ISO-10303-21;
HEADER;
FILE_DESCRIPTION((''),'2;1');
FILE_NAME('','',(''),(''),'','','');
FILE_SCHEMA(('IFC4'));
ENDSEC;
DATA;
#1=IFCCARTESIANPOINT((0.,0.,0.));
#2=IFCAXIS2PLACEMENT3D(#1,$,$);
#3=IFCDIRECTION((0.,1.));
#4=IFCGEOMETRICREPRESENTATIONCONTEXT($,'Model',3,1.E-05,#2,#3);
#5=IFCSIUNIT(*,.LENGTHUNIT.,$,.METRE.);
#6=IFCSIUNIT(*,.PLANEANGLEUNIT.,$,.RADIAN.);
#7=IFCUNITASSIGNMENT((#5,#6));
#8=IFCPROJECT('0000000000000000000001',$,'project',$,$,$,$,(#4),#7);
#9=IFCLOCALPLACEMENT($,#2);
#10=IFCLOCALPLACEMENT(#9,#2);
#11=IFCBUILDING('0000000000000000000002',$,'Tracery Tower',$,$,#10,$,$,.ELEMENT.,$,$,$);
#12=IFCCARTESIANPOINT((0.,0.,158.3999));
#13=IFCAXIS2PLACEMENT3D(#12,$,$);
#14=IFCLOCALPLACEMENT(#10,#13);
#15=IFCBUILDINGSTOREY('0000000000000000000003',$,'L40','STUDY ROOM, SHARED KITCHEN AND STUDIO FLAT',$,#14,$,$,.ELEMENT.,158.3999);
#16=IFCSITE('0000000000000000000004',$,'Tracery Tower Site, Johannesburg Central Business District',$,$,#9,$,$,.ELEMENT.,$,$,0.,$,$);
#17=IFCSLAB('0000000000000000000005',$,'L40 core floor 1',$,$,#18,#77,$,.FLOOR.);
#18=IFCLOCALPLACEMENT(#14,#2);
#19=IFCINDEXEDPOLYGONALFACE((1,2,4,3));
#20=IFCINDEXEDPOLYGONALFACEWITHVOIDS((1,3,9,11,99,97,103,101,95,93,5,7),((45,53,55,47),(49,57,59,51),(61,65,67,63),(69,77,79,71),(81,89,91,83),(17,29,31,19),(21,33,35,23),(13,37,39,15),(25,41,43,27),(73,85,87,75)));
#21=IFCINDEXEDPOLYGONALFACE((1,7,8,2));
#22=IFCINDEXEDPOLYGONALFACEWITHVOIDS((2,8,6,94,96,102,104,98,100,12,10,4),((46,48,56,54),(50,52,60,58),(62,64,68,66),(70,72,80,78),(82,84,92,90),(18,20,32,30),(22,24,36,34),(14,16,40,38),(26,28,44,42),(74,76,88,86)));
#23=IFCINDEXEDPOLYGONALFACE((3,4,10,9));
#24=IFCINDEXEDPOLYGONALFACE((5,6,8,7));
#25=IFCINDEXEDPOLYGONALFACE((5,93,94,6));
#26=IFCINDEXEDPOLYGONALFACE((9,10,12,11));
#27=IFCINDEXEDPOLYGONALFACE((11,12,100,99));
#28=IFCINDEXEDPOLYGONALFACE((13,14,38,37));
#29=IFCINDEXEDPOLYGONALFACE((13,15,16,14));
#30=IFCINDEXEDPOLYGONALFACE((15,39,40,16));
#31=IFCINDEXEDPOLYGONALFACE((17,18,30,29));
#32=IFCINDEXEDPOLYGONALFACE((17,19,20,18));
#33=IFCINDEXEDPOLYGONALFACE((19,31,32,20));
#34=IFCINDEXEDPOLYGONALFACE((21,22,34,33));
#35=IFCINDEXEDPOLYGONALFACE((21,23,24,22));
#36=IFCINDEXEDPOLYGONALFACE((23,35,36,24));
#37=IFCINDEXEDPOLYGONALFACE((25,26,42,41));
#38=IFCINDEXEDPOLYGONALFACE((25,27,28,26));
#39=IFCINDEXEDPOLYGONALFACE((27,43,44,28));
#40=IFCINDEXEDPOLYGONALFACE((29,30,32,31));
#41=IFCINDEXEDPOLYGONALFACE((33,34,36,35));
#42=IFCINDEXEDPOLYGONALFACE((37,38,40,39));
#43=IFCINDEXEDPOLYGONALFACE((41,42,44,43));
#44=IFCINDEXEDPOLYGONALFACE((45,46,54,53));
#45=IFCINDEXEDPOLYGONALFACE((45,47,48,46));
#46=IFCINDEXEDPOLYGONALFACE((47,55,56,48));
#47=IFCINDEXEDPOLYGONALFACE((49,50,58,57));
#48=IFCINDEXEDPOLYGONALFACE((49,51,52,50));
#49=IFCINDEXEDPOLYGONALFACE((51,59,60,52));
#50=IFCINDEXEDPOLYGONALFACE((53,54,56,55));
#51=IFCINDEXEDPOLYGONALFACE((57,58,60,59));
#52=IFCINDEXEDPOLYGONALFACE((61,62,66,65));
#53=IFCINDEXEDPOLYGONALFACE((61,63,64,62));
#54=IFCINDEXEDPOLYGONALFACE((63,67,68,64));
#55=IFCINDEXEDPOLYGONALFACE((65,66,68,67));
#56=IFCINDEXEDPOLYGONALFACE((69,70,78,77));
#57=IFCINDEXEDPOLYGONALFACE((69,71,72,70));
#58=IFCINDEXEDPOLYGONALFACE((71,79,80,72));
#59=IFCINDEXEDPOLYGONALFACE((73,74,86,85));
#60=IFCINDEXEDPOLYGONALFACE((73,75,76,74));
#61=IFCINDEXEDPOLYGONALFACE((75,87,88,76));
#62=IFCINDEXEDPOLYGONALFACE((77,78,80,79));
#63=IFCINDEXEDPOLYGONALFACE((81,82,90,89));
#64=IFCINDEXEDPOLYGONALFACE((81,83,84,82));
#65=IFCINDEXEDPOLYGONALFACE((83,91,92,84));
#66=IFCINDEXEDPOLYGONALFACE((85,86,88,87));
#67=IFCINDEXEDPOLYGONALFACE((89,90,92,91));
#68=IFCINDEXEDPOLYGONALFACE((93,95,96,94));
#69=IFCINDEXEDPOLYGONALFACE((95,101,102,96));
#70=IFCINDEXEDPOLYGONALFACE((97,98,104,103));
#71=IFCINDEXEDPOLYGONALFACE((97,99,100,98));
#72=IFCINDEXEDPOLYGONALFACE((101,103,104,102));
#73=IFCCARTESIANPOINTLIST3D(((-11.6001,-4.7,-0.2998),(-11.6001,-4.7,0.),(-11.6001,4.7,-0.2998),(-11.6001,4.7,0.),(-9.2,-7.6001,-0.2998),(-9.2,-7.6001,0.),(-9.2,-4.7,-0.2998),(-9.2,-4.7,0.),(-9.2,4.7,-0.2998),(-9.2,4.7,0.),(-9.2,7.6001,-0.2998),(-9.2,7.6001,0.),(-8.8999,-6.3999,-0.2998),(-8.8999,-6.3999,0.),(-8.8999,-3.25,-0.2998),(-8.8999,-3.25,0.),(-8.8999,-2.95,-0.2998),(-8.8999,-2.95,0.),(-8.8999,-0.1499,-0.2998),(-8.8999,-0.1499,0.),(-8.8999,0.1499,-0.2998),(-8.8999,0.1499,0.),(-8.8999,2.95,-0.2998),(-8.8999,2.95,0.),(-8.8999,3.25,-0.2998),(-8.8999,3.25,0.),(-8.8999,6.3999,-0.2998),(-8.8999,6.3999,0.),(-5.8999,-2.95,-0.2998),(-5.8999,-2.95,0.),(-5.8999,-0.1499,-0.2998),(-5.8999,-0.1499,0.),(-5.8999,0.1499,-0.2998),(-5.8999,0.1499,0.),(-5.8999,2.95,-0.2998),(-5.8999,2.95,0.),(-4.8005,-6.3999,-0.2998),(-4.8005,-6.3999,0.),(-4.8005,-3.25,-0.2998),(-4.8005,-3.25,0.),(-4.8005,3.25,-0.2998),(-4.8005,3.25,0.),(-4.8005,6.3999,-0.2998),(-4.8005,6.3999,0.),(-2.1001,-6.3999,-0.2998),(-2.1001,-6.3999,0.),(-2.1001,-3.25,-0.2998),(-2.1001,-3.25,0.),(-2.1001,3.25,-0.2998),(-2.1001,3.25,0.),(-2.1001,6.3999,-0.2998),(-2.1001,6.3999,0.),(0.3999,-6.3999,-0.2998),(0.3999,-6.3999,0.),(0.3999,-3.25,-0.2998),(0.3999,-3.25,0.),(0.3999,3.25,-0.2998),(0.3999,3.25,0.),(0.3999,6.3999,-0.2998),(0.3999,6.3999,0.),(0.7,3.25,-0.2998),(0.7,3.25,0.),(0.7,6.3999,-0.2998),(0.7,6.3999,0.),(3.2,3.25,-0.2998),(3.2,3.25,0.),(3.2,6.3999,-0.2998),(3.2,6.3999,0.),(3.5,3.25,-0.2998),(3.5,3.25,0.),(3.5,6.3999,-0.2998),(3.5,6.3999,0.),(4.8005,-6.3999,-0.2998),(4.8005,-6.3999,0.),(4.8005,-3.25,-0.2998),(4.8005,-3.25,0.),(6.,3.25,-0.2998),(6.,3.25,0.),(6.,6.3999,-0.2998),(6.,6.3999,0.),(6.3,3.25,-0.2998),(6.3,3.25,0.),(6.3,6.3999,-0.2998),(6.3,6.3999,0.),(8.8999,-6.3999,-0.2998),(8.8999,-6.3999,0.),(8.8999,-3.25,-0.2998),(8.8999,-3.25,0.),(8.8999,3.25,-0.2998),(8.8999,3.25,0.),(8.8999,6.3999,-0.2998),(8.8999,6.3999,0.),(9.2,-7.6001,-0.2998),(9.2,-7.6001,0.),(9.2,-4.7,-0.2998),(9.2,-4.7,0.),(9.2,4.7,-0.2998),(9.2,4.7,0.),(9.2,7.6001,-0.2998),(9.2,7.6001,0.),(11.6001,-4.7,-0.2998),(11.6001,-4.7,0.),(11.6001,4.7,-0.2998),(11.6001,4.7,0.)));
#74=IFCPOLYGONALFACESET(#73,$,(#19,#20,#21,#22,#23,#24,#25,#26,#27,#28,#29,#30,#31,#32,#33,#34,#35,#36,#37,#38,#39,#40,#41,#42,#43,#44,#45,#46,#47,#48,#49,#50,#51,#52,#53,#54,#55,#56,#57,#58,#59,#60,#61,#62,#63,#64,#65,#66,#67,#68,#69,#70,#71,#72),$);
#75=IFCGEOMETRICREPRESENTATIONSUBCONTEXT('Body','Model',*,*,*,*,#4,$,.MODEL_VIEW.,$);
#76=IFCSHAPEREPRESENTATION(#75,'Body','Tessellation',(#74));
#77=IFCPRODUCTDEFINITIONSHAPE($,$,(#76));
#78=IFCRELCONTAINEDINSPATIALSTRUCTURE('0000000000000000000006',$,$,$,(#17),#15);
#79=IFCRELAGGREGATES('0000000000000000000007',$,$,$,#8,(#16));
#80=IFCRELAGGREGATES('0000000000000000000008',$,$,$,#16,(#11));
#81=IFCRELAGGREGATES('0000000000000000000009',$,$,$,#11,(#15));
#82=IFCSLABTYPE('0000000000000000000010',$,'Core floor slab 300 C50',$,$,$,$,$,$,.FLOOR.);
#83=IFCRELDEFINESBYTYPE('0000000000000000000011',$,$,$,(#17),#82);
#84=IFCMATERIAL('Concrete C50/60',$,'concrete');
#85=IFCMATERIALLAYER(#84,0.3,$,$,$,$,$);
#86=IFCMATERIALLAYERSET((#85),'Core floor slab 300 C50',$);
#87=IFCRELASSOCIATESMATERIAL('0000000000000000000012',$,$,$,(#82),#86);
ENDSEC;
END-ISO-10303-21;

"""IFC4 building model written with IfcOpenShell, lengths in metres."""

from ifc_helpers import new_model, si_unit, direction, frame, origin, place, context, subcontext, project, spatial, polyline, outline, extrude, material, layer, layer_set, type_object, element, save


model = new_model("IFC4")

# Units and contexts
model_context = context("Model", 3, precision=1e-05, world=origin(), true_north=direction((0.0, 1.0)))
body_context = subcontext(model_context, "Body", "Model", "MODEL_VIEW")
ifc_project = project(units=[si_unit("LENGTHUNIT", "METRE"), si_unit("PLANEANGLEUNIT", "RADIAN")], contexts=[model_context])

# Site, building, storey
site_placement = place(None, origin())
site = spatial("IfcSite", under=ifc_project, at=site_placement, Name="Tracery Tower Site, Johannesburg Central Business District", CompositionType="ELEMENT", RefElevation=0.0)
building_placement = place(site_placement, origin())
building = spatial("IfcBuilding", under=site, at=building_placement, Name="Tracery Tower", CompositionType="ELEMENT")
storey_placement = place(building_placement, frame((0.0, 0.0, 158.3999)))
storey = spatial("IfcBuildingStorey", under=building, at=storey_placement, Name="L40", Description="STUDY ROOM, SHARED KITCHEN AND STUDIO FLAT", CompositionType="ELEMENT", Elevation=158.3999)

# Slab
ifc_material_1 = material(Name="Concrete C50/60", Category="concrete")
ifc_layer_1 = layer(ifc_material_1, 0.3)
ifc_layer_set_1 = layer_set([ifc_layer_1], Name="Core floor slab 300 C50")
slab_type_1 = type_object("IfcSlabType", Name="Core floor slab 300 C50", PredefinedType="FLOOR", material=ifc_layer_set_1)
slab_1_placement = place(storey_placement, frame((0.0, 0.0, -0.2998)))
element("IfcSlab", 1, at=slab_1_placement, inside=storey, type_object=slab_type_1, Name="L40 core floor 1", PredefinedType="FLOOR", context=body_context, shape_type="SweptSolid", body=[
    extrude(outline(polyline([(-9.2, 7.6001), (9.2, 7.6001), (9.2, 4.7), (11.6001, 4.7), (11.6001, -4.7), (9.2, -4.7), (9.2, -7.6001), (-9.2, -7.6001), (-9.2, -4.7), (-11.6001, -4.7), (-11.6001, 4.7), (-9.2, 4.7), (-9.2, 7.6001)]), holes=[polyline([(4.8005, -6.3999), (8.8999, -6.3999), (8.8999, -3.25), (4.8005, -3.25), (4.8005, -6.3999)]), polyline([(8.8999, 3.25), (8.8999, 6.3999), (6.3, 6.3999), (6.3, 3.25), (8.8999, 3.25)]), polyline([(6.0, 3.25), (6.0, 6.3999), (3.5, 6.3999), (3.5, 3.25), (6.0, 3.25)]), polyline([(3.2, 3.25), (3.2, 6.3999), (0.7, 6.3999), (0.7, 3.25), (3.2, 3.25)]), polyline([(-2.1001, 3.25), (0.3999, 3.25), (0.3999, 6.3999), (-2.1001, 6.3999), (-2.1001, 3.25)]), polyline([(0.3999, -6.3999), (0.3999, -3.25), (-2.1001, -3.25), (-2.1001, -6.3999), (0.3999, -6.3999)]), polyline([(-4.8005, -3.25), (-8.8999, -3.25), (-8.8999, -6.3999), (-4.8005, -6.3999), (-4.8005, -3.25)]), polyline([(-4.8005, 6.3999), (-8.8999, 6.3999), (-8.8999, 3.25), (-4.8005, 3.25), (-4.8005, 6.3999)]), polyline([(-5.8999, -2.95), (-5.8999, -0.1499), (-8.8999, -0.1499), (-8.8999, -2.95), (-5.8999, -2.95)]), polyline([(-5.8999, 0.1499), (-5.8999, 2.95), (-8.8999, 2.95), (-8.8999, 0.1499), (-5.8999, 0.1499)])]), origin(), (0.0, 0.0, 1.0), 0.2998),
])

save(model, "model.ifc")
